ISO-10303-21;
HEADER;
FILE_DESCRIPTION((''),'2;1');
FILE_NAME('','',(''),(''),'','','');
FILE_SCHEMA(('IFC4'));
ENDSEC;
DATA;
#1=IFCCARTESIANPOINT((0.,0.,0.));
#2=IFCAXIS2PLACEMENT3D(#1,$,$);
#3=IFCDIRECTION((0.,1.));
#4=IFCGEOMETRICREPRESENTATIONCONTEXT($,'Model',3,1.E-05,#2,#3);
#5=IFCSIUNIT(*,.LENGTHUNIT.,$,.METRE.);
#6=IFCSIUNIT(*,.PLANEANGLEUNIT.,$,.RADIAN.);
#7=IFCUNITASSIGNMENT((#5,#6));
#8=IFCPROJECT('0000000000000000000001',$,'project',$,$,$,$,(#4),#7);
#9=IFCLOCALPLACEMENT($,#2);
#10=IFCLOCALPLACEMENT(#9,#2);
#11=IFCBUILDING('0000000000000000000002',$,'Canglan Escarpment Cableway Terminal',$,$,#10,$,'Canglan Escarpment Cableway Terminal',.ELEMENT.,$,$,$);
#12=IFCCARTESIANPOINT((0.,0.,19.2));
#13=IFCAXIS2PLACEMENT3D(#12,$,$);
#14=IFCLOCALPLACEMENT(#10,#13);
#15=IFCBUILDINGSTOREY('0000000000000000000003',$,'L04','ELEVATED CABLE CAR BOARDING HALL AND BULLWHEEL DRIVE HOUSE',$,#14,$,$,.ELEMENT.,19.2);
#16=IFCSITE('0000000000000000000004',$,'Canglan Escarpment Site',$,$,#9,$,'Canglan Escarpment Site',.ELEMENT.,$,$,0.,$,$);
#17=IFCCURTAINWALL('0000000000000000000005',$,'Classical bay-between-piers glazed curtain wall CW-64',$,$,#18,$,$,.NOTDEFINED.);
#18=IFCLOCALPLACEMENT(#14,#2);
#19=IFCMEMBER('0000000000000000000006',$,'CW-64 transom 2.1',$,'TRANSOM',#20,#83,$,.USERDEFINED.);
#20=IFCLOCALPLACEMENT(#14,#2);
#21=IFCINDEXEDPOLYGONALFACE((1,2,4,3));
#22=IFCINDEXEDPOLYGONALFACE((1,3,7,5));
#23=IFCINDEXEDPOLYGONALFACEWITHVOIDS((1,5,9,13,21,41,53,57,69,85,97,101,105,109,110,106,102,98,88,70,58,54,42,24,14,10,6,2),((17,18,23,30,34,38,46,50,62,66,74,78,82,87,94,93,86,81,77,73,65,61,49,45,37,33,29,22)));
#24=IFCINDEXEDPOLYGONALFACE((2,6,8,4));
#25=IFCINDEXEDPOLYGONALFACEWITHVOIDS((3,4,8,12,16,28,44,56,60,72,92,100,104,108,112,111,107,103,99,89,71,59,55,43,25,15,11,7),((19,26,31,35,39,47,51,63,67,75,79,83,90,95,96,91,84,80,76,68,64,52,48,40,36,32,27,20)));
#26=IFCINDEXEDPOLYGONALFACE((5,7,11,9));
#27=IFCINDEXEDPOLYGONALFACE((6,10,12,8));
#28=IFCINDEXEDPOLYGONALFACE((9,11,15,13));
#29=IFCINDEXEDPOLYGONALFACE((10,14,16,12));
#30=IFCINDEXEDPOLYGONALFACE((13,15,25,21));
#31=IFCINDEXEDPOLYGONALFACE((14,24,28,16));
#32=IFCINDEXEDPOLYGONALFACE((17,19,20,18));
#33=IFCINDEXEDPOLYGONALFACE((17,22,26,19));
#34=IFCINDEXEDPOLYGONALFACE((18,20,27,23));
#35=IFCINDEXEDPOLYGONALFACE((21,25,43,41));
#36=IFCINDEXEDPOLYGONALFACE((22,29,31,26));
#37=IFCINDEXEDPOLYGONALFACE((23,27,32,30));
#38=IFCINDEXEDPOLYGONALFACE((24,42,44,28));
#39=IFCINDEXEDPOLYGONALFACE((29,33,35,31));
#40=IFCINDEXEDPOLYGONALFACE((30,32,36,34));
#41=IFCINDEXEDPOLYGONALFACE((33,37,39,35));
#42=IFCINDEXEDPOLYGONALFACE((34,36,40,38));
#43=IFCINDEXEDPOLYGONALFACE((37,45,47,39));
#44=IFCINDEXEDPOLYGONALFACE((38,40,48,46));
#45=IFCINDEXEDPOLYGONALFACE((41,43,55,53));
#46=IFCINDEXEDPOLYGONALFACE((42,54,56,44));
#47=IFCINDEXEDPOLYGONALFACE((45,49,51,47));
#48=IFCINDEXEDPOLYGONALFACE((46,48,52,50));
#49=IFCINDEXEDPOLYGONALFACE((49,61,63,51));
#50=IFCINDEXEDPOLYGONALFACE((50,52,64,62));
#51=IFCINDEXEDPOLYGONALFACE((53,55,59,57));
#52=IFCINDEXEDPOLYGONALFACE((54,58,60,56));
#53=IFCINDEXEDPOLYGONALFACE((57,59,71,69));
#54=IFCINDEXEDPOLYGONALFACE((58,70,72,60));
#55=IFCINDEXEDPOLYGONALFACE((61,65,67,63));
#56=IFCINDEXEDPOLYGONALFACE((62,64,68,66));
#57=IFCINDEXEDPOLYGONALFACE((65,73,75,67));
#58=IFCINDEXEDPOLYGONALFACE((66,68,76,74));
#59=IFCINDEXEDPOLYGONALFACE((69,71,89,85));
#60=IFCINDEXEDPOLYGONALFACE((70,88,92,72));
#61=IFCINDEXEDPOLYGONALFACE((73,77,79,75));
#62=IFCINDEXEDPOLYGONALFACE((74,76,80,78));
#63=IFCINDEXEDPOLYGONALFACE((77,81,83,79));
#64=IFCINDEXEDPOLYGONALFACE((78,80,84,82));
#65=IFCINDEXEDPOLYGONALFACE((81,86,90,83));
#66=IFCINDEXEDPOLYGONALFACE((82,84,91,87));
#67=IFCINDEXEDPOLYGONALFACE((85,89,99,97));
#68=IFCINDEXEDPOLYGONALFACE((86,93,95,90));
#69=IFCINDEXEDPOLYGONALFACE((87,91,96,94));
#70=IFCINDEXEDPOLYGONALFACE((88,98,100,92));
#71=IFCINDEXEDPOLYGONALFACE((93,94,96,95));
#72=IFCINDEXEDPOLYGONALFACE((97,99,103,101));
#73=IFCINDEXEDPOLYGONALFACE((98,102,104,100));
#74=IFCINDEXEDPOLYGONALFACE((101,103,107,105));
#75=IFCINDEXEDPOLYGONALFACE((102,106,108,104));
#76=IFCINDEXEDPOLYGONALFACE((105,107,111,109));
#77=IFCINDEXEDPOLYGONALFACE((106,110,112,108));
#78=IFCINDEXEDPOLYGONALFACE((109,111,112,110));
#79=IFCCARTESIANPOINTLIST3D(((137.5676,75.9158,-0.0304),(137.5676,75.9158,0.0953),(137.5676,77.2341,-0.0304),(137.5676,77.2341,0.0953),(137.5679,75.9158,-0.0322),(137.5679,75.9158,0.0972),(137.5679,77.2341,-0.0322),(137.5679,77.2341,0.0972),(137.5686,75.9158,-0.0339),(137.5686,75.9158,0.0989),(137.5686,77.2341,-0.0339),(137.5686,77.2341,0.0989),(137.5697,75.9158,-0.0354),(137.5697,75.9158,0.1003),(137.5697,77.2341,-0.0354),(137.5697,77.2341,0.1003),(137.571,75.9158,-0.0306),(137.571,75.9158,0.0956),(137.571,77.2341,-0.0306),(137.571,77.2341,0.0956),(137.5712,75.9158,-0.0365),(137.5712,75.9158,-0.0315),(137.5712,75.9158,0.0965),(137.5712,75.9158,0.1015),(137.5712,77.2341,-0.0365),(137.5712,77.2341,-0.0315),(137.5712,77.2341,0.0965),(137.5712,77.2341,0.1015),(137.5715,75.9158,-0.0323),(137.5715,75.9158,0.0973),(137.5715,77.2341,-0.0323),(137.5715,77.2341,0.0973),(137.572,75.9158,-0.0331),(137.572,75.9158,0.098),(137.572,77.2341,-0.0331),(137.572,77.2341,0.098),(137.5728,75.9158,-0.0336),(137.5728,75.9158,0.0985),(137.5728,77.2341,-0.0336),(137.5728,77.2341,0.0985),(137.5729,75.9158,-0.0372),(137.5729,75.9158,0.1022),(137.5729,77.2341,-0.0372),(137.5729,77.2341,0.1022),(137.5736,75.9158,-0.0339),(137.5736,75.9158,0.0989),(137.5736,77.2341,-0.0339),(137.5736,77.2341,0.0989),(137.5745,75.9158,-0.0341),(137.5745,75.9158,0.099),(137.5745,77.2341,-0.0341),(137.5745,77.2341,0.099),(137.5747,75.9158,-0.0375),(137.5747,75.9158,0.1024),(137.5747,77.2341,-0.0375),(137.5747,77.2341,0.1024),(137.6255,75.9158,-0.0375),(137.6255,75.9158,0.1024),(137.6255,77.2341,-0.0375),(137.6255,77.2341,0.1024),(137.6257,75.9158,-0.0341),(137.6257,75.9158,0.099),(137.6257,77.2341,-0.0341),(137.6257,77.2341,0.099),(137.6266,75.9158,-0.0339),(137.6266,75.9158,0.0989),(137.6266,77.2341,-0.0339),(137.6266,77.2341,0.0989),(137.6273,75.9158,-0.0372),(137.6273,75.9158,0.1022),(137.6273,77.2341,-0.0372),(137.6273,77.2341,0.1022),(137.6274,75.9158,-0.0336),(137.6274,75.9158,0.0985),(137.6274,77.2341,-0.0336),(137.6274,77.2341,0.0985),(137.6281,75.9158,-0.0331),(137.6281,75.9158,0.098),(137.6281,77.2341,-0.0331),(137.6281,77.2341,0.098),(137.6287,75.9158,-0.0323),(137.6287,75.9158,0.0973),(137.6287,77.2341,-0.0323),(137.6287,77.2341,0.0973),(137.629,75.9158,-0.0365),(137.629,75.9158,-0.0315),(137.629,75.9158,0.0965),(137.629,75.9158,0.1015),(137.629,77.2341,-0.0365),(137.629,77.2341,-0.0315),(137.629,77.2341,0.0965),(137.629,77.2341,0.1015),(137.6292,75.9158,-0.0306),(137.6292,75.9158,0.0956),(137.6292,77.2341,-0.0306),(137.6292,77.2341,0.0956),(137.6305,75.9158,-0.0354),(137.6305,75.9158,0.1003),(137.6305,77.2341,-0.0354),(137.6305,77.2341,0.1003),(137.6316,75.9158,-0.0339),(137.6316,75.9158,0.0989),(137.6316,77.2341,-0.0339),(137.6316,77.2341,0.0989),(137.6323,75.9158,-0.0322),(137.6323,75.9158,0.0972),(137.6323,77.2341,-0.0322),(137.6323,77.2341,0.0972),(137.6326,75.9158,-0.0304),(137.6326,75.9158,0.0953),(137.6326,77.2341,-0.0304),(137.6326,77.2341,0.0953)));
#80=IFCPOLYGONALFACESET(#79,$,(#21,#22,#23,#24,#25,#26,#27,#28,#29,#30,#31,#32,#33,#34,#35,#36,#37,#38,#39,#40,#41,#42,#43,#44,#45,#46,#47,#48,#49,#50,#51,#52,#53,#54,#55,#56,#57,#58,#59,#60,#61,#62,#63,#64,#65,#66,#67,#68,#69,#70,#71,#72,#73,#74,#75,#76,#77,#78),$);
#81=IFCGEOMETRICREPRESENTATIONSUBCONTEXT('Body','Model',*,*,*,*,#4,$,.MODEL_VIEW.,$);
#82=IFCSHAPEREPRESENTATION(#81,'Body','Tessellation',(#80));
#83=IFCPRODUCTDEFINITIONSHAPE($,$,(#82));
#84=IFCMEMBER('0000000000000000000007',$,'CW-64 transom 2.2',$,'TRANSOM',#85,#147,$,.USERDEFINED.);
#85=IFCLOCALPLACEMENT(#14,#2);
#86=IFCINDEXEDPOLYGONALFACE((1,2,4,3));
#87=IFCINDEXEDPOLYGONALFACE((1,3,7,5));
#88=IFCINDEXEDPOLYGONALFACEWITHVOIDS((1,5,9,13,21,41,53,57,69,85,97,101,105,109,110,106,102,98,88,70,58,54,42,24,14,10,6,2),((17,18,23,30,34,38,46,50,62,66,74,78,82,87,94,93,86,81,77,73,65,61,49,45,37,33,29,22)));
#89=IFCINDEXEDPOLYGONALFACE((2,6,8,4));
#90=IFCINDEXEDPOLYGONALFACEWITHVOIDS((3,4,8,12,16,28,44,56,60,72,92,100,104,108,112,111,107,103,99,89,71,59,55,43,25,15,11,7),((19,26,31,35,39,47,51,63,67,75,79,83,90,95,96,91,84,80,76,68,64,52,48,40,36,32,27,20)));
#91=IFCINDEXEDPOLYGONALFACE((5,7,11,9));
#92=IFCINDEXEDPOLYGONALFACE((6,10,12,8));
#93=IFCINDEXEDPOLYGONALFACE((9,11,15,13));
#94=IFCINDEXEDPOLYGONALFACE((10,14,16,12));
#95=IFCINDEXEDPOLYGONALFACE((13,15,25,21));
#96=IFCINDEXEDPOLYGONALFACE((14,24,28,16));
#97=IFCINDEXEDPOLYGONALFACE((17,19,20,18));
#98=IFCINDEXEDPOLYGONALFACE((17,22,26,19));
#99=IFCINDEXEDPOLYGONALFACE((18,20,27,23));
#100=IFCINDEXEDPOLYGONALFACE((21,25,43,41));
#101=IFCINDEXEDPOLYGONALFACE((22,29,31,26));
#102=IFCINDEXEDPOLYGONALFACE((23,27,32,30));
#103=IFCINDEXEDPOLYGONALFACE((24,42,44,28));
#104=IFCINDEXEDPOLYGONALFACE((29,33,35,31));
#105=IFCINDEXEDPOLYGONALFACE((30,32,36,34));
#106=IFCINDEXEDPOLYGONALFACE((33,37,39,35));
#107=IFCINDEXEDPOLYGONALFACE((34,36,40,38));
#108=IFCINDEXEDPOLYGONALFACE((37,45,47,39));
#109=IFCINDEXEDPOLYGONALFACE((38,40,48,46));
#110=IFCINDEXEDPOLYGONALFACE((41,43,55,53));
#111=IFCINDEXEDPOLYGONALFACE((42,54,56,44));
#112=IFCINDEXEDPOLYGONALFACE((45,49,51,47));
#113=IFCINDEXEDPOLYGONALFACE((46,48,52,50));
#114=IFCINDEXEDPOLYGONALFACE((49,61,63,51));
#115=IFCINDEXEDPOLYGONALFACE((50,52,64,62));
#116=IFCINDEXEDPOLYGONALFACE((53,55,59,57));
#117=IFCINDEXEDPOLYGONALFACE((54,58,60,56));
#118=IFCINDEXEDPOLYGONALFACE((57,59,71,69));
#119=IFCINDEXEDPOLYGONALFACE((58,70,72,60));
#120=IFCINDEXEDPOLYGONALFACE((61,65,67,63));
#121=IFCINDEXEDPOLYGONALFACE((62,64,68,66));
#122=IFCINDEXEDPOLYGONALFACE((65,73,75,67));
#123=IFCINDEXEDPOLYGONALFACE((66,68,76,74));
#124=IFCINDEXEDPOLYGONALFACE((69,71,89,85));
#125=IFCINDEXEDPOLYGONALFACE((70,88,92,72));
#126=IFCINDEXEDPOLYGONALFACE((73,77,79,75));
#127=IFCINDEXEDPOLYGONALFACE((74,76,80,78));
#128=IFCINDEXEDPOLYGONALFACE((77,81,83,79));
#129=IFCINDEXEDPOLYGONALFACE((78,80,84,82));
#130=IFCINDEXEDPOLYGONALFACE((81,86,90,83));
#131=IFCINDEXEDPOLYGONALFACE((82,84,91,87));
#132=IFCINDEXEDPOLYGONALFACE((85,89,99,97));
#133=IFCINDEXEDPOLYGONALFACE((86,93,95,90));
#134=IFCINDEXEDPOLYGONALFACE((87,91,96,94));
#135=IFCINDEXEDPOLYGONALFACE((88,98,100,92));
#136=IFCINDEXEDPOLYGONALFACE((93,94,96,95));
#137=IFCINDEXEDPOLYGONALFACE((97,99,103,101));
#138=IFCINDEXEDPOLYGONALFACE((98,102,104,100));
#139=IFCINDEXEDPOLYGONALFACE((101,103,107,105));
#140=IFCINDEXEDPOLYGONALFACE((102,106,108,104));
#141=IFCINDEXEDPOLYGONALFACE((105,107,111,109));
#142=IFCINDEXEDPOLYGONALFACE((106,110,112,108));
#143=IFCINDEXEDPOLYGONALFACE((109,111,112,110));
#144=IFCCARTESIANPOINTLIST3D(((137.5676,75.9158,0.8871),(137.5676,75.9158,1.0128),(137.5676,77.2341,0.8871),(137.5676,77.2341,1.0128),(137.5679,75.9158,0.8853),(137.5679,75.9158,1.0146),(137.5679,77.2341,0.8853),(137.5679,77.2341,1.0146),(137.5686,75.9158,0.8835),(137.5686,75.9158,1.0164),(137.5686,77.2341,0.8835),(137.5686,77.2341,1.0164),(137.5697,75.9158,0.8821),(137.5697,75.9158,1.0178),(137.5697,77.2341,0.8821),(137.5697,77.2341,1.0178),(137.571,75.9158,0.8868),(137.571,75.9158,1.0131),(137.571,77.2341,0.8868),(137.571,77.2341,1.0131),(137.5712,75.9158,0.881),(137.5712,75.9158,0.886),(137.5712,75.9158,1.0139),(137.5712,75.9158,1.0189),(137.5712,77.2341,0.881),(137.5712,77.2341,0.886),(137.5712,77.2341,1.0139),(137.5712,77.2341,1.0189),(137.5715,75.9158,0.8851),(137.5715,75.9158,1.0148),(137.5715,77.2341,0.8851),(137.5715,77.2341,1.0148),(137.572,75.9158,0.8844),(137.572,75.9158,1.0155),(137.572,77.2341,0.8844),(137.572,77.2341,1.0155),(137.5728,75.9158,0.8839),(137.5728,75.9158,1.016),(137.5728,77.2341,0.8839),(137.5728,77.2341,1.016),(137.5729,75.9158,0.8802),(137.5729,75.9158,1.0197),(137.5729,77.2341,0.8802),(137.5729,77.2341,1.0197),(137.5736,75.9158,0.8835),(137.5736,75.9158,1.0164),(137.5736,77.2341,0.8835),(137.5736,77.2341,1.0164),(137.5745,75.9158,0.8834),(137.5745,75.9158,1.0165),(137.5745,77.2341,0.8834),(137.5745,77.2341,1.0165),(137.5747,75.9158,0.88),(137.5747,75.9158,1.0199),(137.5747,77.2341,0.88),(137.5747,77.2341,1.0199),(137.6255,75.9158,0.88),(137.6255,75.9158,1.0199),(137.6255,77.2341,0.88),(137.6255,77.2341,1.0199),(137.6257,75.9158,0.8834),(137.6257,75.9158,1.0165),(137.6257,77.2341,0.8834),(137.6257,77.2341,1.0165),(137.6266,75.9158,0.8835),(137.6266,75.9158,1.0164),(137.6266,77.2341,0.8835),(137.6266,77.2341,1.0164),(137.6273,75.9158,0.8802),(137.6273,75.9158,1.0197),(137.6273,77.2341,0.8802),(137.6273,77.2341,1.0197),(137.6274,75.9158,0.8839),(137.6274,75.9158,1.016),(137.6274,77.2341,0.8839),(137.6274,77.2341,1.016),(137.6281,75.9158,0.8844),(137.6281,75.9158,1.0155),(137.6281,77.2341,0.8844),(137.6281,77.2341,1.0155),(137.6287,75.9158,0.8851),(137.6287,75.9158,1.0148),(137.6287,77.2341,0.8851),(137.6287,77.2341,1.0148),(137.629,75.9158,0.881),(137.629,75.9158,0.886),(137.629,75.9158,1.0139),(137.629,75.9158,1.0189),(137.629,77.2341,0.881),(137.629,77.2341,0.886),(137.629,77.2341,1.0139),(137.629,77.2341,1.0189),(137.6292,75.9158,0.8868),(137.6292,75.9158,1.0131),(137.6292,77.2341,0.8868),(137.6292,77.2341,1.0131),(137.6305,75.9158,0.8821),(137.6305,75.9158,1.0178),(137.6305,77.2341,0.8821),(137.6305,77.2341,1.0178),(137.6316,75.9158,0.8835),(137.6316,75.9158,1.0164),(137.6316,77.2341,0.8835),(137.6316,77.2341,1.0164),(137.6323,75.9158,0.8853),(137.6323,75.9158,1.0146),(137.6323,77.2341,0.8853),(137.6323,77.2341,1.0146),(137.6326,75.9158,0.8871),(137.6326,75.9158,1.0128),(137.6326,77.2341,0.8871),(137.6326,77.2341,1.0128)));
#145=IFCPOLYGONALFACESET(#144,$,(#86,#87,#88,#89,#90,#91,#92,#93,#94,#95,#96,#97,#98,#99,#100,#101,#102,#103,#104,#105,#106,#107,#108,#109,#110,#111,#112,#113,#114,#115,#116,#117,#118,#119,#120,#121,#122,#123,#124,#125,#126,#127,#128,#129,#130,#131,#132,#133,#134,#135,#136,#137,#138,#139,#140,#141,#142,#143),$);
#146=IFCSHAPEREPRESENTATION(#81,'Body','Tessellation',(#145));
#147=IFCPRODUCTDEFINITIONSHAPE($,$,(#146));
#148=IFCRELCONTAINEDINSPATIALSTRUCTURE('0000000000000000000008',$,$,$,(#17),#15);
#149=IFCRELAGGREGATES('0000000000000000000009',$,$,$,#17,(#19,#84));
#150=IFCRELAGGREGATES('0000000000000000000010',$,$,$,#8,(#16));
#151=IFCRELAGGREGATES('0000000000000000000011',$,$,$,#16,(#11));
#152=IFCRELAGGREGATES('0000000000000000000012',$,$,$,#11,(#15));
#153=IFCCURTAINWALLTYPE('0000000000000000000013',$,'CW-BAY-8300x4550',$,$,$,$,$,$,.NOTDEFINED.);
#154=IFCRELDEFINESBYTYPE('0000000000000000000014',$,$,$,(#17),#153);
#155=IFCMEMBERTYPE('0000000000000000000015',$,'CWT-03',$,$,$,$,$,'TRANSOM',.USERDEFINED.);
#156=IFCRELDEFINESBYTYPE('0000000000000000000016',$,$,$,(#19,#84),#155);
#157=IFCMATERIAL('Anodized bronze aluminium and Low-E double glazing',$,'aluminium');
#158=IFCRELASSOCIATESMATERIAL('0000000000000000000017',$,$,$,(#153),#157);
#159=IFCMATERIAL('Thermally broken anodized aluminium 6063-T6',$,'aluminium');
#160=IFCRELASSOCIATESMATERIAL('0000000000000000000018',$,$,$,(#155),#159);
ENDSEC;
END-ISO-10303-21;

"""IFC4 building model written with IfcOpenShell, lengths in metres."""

from ifc_helpers import new_model, si_unit, direction, frame, origin, origin_2d, place, context, subcontext, project, spatial, hollow_rectangle, extrude, material, material_profile, profile_set, type_object, element, aggregate, save


model = new_model("IFC4")

# Units and contexts
model_context = context("Model", 3, precision=1e-05, world=origin(), true_north=direction((0.0, 1.0)))
body_context = subcontext(model_context, "Body", "Model", "MODEL_VIEW")
ifc_project = project(units=[si_unit("LENGTHUNIT", "METRE"), si_unit("PLANEANGLEUNIT", "RADIAN")], contexts=[model_context])

# Site, building, storey
site_placement = place(None, origin())
site = spatial("IfcSite", under=ifc_project, at=site_placement, Name="Canglan Escarpment Site", LongName="Canglan Escarpment Site", CompositionType="ELEMENT", RefElevation=0.0)
building_placement = place(site_placement, origin())
building = spatial("IfcBuilding", under=site, at=building_placement, Name="Canglan Escarpment Cableway Terminal", LongName="Canglan Escarpment Cableway Terminal", CompositionType="ELEMENT")
storey_placement = place(building_placement, frame((0.0, 0.0, 19.2)))
storey = spatial("IfcBuildingStorey", under=building, at=storey_placement, Name="L04", Description="ELEVATED CABLE CAR BOARDING HALL AND BULLWHEEL DRIVE HOUSE", CompositionType="ELEMENT", Elevation=19.2)

# Curtain wall
ifc_material_1 = material(Name="Anodized bronze aluminium and Low-E double glazing", Category="aluminium")
curtain_wall_type = type_object("IfcCurtainWallType", Name="CW-BAY-8300x4550", PredefinedType="NOTDEFINED", material=ifc_material_1)
ifc_material_2 = material(Name="Thermally broken anodized aluminium 6063-T6", Category="aluminium")
curtain_wall_1_placement = place(storey_placement, origin())
curtain_wall_1 = element("IfcCurtainWall", 1, at=curtain_wall_1_placement, inside=storey, type_object=curtain_wall_type, Name="Classical bay-between-piers glazed curtain wall CW-64", PredefinedType="NOTDEFINED")

# Members
ifc_material_profile_1 = material_profile(ifc_material_2, hollow_rectangle(XDim=0.0649, YDim=0.1399, WallThickness=0.0034, InnerFilletRadius=0.0034, OuterFilletRadius=0.0071, at=origin_2d()), Name="ALU-TRAN 65x140x3.5")
ifc_profile_set_1 = profile_set([ifc_material_profile_1], Name="Thermally broken anodized aluminium 6063-T6")
member_type_1 = type_object("IfcMemberType", Name="CWT-03", ElementType="TRANSOM", PredefinedType="USERDEFINED", material=ifc_profile_set_1)
member_1_placement = place(storey_placement, frame((137.6001, 77.2341, 0.0325), z_axis=(0.0, -1.0, 0.0), x_axis=(1.0, 0.0, 0.0)))
member_1 = element("IfcMember", 2, at=member_1_placement, type_object=member_type_1, Name="CW-64 transom 2.1", ObjectType="TRANSOM", PredefinedType="USERDEFINED", context=body_context, shape_type="SweptSolid", body=[
    extrude(hollow_rectangle(XDim=0.0649, YDim=0.1399, WallThickness=0.0034, InnerFilletRadius=0.0034, OuterFilletRadius=0.0071, at=origin_2d()), origin(), (0.0, 0.0, 1.0), 1.3184),
])
member_2_placement = place(storey_placement, frame((137.6001, 77.2341, 0.95), z_axis=(0.0, -1.0, 0.0), x_axis=(1.0, 0.0, 0.0)))
member_2 = element("IfcMember", 3, at=member_2_placement, type_object=member_type_1, Name="CW-64 transom 2.2", ObjectType="TRANSOM", PredefinedType="USERDEFINED", context=body_context, shape_type="SweptSolid", body=[
    extrude(hollow_rectangle(XDim=0.0649, YDim=0.1399, WallThickness=0.0034, InnerFilletRadius=0.0034, OuterFilletRadius=0.0071, at=origin_2d()), origin(), (0.0, 0.0, 1.0), 1.3184),
])

aggregate(curtain_wall_1, [member_1, member_2])

save(model, "model.ifc")
